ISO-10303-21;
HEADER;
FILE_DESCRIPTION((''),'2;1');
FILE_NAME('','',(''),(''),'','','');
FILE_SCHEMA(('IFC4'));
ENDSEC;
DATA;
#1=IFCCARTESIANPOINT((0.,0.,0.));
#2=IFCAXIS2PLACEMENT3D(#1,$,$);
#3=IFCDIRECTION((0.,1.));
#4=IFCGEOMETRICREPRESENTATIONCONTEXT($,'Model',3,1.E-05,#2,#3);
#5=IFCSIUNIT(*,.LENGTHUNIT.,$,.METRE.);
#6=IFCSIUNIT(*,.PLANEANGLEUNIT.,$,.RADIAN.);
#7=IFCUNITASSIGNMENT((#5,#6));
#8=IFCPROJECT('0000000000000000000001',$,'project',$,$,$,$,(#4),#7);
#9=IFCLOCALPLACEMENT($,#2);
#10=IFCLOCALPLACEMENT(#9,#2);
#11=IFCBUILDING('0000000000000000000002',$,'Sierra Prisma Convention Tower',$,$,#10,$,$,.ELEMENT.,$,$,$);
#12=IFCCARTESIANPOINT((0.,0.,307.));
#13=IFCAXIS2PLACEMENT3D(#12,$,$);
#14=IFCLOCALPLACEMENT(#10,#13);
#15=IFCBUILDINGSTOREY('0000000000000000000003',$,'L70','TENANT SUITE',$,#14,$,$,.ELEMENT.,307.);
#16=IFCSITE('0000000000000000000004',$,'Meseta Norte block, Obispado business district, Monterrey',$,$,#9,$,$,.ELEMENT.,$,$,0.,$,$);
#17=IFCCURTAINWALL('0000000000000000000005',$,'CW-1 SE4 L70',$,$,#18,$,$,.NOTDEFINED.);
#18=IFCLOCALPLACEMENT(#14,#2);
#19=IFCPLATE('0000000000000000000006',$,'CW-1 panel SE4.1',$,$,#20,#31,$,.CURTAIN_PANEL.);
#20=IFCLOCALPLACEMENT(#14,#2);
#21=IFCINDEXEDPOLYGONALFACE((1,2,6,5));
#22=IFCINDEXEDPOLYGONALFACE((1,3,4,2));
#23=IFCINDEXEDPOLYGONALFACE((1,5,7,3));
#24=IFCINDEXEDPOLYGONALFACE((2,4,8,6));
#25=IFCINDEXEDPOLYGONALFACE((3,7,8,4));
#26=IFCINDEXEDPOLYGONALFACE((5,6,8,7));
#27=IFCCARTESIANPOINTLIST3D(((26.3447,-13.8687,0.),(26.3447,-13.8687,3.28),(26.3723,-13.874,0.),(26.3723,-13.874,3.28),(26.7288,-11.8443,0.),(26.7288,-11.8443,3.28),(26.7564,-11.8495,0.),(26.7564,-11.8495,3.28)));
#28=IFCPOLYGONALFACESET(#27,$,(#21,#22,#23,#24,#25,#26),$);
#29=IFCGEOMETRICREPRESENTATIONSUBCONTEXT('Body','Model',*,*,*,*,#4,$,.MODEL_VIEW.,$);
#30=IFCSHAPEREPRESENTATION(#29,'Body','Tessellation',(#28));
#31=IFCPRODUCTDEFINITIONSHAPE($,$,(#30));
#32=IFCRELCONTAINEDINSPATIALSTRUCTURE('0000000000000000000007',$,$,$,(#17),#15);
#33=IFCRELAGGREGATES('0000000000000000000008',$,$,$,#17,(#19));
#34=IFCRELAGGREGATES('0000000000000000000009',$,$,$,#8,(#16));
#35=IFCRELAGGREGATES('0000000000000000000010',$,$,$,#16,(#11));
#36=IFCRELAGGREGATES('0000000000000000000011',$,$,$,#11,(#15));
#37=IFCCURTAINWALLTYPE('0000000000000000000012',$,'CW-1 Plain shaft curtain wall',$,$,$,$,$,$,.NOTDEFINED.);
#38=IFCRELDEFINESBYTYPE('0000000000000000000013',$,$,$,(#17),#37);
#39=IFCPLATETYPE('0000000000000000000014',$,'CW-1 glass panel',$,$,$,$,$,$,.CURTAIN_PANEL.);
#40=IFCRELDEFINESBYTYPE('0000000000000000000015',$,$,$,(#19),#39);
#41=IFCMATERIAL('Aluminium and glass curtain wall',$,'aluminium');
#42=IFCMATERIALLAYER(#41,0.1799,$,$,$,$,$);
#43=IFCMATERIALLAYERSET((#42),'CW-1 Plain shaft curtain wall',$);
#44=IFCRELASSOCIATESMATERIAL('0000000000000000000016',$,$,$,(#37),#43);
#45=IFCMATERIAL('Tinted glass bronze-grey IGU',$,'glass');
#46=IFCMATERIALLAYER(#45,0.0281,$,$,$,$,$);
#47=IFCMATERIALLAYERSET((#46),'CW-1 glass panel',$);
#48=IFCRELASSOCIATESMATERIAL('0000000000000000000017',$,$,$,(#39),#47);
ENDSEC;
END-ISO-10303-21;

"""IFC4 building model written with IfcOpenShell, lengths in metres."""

from ifc_helpers import new_model, si_unit, direction, frame, origin, origin_2d, place, context, subcontext, project, spatial, rectangle, extrude, material, layer, layer_set, type_object, element, aggregate, save


model = new_model("IFC4")

# Units and contexts
model_context = context("Model", 3, precision=1e-05, world=origin(), true_north=direction((0.0, 1.0)))
body_context = subcontext(model_context, "Body", "Model", "MODEL_VIEW")
ifc_project = project(units=[si_unit("LENGTHUNIT", "METRE"), si_unit("PLANEANGLEUNIT", "RADIAN")], contexts=[model_context])

# Site, building, storey
site_placement = place(None, origin())
site = spatial("IfcSite", under=ifc_project, at=site_placement, Name="Meseta Norte block, Obispado business district, Monterrey", CompositionType="ELEMENT", RefElevation=0.0)
building_placement = place(site_placement, origin())
building = spatial("IfcBuilding", under=site, at=building_placement, Name="Sierra Prisma Convention Tower", CompositionType="ELEMENT")
storey_placement = place(building_placement, frame((0.0, 0.0, 307.0)))
storey = spatial("IfcBuildingStorey", under=building, at=storey_placement, Name="L70", Description="TENANT SUITE", CompositionType="ELEMENT", Elevation=307.0)

# Curtain wall
ifc_material_1 = material(Name="Aluminium and glass curtain wall", Category="aluminium")
ifc_layer_1 = layer(ifc_material_1, 0.1799)
ifc_layer_set_1 = layer_set([ifc_layer_1], Name="CW-1 Plain shaft curtain wall")
curtain_wall_type = type_object("IfcCurtainWallType", Name="CW-1 Plain shaft curtain wall", PredefinedType="NOTDEFINED", material=ifc_layer_set_1)
curtain_wall_1_placement = place(storey_placement, origin())
curtain_wall_1 = element("IfcCurtainWall", 1, at=curtain_wall_1_placement, inside=storey, type_object=curtain_wall_type, Name="CW-1 SE4 L70", PredefinedType="NOTDEFINED")

# Plate
ifc_material_2 = material(Name="Tinted glass bronze-grey IGU", Category="glass")
ifc_layer_2 = layer(ifc_material_2, 0.0281)
ifc_layer_set_2 = layer_set([ifc_layer_2], Name="CW-1 glass panel")
plate_type = type_object("IfcPlateType", Name="CW-1 glass panel", PredefinedType="CURTAIN_PANEL", material=ifc_layer_set_2)
plate_1_placement = place(storey_placement, frame((26.5505, -12.8591, 0.0), z_axis=(0.0, 0.0, 1.0), x_axis=(0.186417, 0.982471, 0.0)))
plate_1 = element("IfcPlate", 2, at=plate_1_placement, type_object=plate_type, Name="CW-1 panel SE4.1", PredefinedType="CURTAIN_PANEL", context=body_context, shape_type="SweptSolid", body=[
    extrude(rectangle(XDim=2.0605, YDim=0.0281, at=origin_2d()), origin(), (0.0, 0.0, 1.0), 3.28),
])
aggregate(curtain_wall_1, [plate_1])

save(model, "model.ifc")
